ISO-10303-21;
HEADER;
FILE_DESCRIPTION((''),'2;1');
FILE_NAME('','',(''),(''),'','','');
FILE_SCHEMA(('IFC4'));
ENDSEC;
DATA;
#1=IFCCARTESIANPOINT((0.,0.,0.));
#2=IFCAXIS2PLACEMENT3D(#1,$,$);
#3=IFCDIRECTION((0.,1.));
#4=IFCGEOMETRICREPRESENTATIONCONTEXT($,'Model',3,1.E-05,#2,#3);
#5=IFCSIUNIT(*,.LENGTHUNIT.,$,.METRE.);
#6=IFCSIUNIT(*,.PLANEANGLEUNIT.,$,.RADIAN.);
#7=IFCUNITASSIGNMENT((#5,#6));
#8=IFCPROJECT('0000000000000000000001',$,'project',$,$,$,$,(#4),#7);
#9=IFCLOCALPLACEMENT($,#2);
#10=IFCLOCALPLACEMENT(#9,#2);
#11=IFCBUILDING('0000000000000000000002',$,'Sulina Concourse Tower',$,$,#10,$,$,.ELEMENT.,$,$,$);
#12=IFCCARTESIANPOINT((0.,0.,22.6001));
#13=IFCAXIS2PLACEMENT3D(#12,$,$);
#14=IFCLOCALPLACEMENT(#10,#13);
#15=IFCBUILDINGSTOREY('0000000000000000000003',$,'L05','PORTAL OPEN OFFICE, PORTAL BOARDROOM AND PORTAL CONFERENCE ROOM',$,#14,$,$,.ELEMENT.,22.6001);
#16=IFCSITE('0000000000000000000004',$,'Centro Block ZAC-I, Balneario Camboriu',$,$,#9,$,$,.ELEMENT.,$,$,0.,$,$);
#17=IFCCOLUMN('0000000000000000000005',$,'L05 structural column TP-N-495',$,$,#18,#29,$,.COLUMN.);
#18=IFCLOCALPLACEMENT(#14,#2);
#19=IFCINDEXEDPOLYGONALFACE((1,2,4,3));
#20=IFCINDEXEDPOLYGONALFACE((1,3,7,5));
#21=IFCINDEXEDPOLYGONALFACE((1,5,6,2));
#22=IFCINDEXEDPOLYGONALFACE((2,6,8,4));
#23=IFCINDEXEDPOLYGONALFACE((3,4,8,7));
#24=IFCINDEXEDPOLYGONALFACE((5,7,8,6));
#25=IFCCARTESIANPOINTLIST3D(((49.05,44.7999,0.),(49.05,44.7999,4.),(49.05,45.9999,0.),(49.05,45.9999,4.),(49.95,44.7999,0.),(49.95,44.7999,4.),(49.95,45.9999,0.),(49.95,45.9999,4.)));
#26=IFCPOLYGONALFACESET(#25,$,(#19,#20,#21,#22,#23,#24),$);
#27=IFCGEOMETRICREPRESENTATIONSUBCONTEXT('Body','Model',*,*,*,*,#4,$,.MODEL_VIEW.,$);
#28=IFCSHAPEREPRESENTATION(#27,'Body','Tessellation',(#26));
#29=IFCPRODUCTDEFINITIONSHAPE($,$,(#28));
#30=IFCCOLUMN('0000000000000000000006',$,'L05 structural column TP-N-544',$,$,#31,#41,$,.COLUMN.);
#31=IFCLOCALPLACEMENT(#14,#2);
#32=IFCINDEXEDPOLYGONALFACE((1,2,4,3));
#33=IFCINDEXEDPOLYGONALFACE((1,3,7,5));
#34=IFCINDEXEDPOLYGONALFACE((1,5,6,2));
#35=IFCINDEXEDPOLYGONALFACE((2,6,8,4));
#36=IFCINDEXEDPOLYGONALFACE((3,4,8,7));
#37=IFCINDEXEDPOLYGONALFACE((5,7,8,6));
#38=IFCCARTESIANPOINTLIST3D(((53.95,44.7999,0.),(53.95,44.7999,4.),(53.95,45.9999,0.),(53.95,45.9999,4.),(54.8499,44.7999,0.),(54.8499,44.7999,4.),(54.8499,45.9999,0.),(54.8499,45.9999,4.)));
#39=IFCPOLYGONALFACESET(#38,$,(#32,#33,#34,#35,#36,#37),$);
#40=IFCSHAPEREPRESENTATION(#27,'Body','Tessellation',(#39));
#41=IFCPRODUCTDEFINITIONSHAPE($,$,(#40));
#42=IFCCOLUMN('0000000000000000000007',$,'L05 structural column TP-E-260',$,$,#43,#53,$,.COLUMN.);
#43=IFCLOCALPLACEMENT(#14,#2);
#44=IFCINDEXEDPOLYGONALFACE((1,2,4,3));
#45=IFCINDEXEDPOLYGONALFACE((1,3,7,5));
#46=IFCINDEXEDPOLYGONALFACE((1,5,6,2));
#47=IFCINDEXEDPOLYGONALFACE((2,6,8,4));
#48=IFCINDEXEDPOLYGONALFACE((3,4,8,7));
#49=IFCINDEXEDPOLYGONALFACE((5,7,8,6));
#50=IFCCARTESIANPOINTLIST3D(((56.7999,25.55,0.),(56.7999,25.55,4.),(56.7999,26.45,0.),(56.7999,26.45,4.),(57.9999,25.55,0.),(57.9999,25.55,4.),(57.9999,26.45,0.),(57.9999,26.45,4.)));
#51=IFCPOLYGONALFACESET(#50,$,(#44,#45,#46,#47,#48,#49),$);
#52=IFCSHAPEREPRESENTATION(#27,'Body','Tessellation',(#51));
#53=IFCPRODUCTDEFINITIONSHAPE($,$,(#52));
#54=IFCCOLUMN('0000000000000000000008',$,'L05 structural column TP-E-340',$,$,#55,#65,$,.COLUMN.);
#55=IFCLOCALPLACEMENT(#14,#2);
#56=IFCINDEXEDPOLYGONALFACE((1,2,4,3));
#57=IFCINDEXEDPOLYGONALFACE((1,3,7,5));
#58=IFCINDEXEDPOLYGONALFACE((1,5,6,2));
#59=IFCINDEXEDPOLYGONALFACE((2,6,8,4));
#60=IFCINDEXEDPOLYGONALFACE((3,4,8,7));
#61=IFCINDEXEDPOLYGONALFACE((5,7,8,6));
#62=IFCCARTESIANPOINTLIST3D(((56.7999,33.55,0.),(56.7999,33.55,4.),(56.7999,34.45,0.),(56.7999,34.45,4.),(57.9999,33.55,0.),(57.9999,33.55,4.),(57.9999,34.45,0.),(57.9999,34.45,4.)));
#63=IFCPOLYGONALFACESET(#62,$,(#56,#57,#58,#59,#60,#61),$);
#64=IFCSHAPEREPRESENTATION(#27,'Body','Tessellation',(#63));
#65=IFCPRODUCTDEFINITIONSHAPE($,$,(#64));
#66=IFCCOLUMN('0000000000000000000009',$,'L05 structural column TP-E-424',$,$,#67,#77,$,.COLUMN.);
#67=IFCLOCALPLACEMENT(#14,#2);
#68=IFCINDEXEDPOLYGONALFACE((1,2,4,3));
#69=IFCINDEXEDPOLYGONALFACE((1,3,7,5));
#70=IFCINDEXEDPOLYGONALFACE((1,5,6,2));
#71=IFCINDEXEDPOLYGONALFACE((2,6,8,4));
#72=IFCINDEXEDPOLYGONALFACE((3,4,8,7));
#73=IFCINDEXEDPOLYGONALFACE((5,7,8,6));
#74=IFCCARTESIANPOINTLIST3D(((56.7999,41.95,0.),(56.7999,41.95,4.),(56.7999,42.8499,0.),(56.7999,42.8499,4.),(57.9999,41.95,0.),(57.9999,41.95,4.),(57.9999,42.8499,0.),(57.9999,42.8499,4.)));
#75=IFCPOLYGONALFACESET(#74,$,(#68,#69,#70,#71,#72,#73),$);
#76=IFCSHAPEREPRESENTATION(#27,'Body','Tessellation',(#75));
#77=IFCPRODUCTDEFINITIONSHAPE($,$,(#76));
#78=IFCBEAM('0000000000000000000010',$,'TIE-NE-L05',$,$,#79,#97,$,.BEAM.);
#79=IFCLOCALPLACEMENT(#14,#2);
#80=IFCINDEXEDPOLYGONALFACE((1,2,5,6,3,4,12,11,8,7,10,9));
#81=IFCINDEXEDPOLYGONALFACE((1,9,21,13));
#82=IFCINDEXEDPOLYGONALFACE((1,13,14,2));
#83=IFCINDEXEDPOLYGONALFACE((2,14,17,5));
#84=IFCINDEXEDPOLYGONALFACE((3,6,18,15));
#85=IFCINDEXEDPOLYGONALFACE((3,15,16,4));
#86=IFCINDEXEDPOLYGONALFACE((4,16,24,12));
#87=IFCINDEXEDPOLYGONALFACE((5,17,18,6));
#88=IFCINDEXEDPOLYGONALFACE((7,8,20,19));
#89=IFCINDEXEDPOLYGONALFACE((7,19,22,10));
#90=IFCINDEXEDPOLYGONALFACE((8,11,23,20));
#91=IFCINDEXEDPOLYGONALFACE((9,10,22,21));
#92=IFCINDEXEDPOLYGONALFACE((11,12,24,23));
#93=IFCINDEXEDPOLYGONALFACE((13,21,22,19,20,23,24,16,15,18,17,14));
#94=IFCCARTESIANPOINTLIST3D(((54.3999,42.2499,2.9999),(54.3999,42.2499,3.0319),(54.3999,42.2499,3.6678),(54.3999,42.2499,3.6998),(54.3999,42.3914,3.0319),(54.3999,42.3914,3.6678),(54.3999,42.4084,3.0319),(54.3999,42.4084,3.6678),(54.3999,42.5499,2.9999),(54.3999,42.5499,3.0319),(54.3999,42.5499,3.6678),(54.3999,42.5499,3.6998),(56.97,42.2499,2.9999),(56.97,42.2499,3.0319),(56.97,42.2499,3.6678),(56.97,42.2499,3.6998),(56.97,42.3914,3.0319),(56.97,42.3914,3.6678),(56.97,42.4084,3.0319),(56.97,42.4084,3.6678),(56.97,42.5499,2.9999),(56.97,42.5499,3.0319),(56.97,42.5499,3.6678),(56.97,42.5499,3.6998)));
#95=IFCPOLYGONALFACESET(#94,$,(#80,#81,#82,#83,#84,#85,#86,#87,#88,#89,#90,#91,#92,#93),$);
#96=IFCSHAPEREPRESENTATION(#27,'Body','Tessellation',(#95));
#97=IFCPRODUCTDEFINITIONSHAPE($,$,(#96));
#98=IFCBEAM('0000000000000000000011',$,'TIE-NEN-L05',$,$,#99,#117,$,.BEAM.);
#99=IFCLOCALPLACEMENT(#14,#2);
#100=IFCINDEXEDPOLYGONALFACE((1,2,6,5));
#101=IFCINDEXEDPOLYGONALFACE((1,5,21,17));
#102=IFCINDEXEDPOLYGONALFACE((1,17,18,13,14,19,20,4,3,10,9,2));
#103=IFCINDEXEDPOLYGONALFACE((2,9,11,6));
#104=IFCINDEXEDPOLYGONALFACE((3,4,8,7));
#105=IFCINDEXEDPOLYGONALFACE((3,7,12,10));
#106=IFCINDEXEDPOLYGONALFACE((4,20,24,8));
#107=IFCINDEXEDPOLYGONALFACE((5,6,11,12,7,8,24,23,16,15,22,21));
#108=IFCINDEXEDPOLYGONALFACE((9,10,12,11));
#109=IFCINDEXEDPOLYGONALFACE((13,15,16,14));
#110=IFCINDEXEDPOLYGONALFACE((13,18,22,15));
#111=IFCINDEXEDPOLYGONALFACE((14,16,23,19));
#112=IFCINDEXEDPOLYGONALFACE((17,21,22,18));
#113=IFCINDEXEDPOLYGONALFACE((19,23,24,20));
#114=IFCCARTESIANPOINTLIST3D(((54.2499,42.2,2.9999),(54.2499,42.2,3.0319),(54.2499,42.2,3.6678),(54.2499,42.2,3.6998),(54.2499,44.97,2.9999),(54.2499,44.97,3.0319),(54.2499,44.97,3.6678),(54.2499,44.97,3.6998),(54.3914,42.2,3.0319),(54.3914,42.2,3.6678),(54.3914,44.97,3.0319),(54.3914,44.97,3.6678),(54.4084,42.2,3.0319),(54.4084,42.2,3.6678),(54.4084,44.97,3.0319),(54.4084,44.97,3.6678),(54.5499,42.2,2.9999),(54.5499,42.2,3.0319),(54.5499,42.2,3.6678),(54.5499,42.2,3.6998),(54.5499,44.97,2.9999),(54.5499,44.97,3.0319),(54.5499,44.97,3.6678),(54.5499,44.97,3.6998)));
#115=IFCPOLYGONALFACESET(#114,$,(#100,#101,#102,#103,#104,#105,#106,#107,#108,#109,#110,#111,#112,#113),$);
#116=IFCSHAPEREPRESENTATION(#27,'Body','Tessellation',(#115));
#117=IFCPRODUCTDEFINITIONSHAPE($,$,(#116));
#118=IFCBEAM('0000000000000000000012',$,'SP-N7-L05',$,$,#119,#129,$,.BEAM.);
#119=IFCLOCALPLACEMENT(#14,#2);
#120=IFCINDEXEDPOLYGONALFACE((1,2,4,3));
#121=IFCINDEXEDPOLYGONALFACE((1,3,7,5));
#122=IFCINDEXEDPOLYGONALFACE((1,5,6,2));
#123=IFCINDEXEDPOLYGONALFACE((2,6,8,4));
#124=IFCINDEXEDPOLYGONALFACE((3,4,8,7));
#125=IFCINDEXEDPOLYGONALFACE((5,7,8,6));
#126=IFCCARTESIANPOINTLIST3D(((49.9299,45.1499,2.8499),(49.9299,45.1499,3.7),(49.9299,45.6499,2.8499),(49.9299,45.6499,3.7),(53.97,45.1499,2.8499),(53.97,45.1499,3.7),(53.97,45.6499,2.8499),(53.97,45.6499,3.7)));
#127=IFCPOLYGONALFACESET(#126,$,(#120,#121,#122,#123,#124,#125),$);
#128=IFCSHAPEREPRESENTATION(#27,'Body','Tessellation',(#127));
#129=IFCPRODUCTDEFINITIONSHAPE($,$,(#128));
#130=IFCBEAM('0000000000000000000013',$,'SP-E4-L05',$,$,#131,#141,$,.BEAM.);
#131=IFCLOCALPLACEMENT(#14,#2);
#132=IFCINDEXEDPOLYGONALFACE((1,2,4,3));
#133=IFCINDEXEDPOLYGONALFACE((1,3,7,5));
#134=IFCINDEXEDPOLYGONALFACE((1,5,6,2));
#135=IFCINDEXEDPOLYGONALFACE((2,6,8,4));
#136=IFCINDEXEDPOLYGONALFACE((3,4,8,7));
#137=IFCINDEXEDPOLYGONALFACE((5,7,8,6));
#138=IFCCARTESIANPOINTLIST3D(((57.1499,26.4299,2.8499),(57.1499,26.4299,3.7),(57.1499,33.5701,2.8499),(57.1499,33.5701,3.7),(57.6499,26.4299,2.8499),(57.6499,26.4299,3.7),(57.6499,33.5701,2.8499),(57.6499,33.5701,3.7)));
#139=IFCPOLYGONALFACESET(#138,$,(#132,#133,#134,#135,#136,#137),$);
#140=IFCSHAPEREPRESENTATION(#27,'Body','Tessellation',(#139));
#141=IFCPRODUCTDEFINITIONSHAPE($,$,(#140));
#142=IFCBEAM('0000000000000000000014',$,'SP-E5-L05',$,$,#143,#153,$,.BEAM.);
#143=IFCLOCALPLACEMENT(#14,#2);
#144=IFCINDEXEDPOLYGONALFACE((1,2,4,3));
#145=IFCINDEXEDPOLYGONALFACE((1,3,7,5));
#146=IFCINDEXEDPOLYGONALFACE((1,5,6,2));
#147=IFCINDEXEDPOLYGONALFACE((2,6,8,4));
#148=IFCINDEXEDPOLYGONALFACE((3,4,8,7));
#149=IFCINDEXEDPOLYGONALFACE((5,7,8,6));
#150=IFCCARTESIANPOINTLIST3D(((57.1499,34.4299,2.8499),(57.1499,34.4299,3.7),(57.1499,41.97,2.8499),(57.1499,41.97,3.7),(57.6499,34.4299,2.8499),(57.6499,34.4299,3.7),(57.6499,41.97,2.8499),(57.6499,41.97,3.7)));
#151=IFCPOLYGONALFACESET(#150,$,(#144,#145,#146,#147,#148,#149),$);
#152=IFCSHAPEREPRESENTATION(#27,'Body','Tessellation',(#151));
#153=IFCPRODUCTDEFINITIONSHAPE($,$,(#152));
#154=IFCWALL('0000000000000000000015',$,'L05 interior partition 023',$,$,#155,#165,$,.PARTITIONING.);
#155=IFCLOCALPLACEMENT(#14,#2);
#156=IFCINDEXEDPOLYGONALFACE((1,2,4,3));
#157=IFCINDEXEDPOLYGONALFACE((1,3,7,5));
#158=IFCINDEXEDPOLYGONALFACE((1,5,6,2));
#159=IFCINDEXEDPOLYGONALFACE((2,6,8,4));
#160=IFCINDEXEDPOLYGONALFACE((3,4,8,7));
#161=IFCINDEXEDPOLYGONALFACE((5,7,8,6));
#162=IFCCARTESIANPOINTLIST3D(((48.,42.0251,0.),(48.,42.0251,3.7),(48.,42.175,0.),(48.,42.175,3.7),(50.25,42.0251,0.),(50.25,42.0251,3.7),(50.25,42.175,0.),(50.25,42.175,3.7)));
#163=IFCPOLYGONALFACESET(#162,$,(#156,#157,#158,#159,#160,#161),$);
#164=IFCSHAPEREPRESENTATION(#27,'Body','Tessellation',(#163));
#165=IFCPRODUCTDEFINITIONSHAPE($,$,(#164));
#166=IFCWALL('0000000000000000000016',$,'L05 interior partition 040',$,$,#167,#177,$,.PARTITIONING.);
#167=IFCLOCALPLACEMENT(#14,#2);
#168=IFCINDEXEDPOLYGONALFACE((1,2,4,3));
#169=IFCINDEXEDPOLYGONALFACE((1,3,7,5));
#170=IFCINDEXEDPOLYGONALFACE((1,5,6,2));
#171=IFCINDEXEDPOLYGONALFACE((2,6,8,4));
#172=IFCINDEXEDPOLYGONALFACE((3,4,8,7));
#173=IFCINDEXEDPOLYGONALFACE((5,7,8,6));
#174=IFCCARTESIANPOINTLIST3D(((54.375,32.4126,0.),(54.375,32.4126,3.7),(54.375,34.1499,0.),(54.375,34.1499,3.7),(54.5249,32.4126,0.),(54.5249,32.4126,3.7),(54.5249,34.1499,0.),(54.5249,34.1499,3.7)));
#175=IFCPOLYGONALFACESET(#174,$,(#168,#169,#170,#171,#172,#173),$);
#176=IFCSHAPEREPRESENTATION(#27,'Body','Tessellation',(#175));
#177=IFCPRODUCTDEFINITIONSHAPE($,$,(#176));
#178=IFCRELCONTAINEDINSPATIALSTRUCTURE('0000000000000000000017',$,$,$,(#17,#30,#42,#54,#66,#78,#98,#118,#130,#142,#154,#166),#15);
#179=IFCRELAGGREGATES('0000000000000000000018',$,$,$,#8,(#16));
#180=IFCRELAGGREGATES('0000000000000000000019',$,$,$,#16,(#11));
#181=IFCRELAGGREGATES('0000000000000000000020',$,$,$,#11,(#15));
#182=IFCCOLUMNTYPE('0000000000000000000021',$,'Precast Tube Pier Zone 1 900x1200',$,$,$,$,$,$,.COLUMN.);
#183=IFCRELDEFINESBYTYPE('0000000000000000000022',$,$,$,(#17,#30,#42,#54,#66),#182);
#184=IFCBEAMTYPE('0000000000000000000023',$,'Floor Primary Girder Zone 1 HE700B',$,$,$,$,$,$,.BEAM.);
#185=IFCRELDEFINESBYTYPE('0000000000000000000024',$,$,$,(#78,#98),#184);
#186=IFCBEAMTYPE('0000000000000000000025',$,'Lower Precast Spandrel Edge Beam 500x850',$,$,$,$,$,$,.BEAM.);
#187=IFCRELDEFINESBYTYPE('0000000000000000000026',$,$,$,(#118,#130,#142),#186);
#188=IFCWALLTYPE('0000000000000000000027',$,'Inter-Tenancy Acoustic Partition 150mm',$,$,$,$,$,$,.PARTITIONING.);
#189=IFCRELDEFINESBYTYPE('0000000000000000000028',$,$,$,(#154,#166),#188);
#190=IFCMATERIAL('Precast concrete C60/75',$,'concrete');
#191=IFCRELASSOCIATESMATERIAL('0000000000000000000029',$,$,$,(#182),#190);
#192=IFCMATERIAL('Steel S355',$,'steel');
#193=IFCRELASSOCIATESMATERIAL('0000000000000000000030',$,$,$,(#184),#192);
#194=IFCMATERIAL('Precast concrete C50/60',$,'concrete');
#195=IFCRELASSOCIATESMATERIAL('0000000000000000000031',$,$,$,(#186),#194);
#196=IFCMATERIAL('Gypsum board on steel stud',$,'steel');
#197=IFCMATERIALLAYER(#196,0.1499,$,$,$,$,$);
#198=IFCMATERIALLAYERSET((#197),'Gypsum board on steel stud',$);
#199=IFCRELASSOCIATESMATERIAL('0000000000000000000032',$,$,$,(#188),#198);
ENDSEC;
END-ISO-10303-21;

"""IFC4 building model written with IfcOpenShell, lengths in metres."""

from ifc_helpers import new_model, si_unit, direction, frame, frame_2d, origin, origin_2d, place, context, subcontext, project, spatial, rectangle, i_section, extrude, material, layer, layer_set, material_profile, profile_set, type_object, element, save


model = new_model("IFC4")

# Units and contexts
model_context = context("Model", 3, precision=1e-05, world=origin(), true_north=direction((0.0, 1.0)))
body_context = subcontext(model_context, "Body", "Model", "MODEL_VIEW")
ifc_project = project(units=[si_unit("LENGTHUNIT", "METRE"), si_unit("PLANEANGLEUNIT", "RADIAN")], contexts=[model_context])

# Site, building, storey
site_placement = place(None, origin())
site = spatial("IfcSite", under=ifc_project, at=site_placement, Name="Centro Block ZAC-I, Balneario Camboriu", CompositionType="ELEMENT", RefElevation=0.0)
building_placement = place(site_placement, origin())
building = spatial("IfcBuilding", under=site, at=building_placement, Name="Sulina Concourse Tower", CompositionType="ELEMENT")
storey_placement = place(building_placement, frame((0.0, 0.0, 22.6001)))
storey = spatial("IfcBuildingStorey", under=building, at=storey_placement, Name="L05", Description="PORTAL OPEN OFFICE, PORTAL BOARDROOM AND PORTAL CONFERENCE ROOM", CompositionType="ELEMENT", Elevation=22.6001)

# Columns
ifc_material_1 = material(Name="Precast concrete C60/75", Category="concrete")
ifc_material_profile_1 = material_profile(ifc_material_1, rectangle(XDim=0.8999, YDim=1.2, at=origin_2d()), Name="PC 900x1200")
ifc_profile_set_1 = profile_set([ifc_material_profile_1], Name="Precast concrete C60/75")
column_type = type_object("IfcColumnType", Name="Precast Tube Pier Zone 1 900x1200", PredefinedType="COLUMN", material=ifc_profile_set_1)
for number, where, z_axis, x_axis, name in (
    (1, (49.5, 45.3999, 0.0), (0.0, 0.0, 1.0), (1.0, 0.0, 0.0), "L05 structural column TP-N-495"),
    (2, (54.3999, 45.3999, 0.0), (0.0, 0.0, 1.0), (1.0, 0.0, 0.0), "L05 structural column TP-N-544"),
    (3, (57.3999, 26.0, 0.0), (0.0, 0.0, 1.0), (0.0, 1.0, 0.0), "L05 structural column TP-E-260"),
    (4, (57.3999, 34.0, 0.0), (0.0, 0.0, 1.0), (0.0, 1.0, 0.0), "L05 structural column TP-E-340"),
    (5, (57.3999, 42.3999, 0.0), (0.0, 0.0, 1.0), (0.0, 1.0, 0.0), "L05 structural column TP-E-424"),
):
    element("IfcColumn", number, at=place(storey_placement, frame(where, z_axis=z_axis, x_axis=x_axis)), inside=storey, type_object=column_type, Name=name, PredefinedType="COLUMN", context=body_context, shape_type="SweptSolid", body=[
        extrude(rectangle(XDim=0.8999, YDim=1.2, at=origin_2d()), origin(), (0.0, 0.0, 1.0), 4.0),
    ])

# Beams
ifc_material_2 = material(Name="Steel S355", Category="steel")
ifc_material_profile_2 = material_profile(ifc_material_2, i_section(OverallWidth=0.3, OverallDepth=0.7, WebThickness=0.0171, FlangeThickness=0.032, at=origin_2d()), Name="HE 700 B")
ifc_profile_set_2 = profile_set([ifc_material_profile_2], Name="Steel S355")
beam_type_1 = type_object("IfcBeamType", Name="Floor Primary Girder Zone 1 HE700B", PredefinedType="BEAM", material=ifc_profile_set_2)
beam_1_placement = place(storey_placement, frame((54.3999, 42.3999, 3.3499), z_axis=(1.0, 0.0, 0.0), x_axis=(0.0, 1.0, 0.0)))
element("IfcBeam", 6, at=beam_1_placement, inside=storey, type_object=beam_type_1, Name="TIE-NE-L05", PredefinedType="BEAM", context=body_context, shape_type="SweptSolid", body=[
    extrude(i_section(OverallWidth=0.3, OverallDepth=0.7, WebThickness=0.0171, FlangeThickness=0.032, at=origin_2d()), origin(), (0.0, 0.0, 1.0), 2.5701),
])
beam_2_placement = place(storey_placement, frame((54.3999, 42.2, 3.3499), z_axis=(0.0, 1.0, 0.0), x_axis=(-1.0, 0.0, 0.0)))
element("IfcBeam", 7, at=beam_2_placement, inside=storey, type_object=beam_type_1, Name="TIE-NEN-L05", PredefinedType="BEAM", context=body_context, shape_type="SweptSolid", body=[
    extrude(i_section(OverallWidth=0.3, OverallDepth=0.7, WebThickness=0.0171, FlangeThickness=0.032, at=origin_2d()), origin(), (0.0, 0.0, 1.0), 2.77),
])
ifc_material_3 = material(Name="Precast concrete C50/60", Category="concrete")
ifc_material_profile_3 = material_profile(ifc_material_3, rectangle(XDim=0.5, YDim=0.8501, at=origin_2d()), Name="RC 500x850")
ifc_profile_set_3 = profile_set([ifc_material_profile_3], Name="Precast concrete C50/60")
beam_type_2 = type_object("IfcBeamType", Name="Lower Precast Spandrel Edge Beam 500x850", PredefinedType="BEAM", material=ifc_profile_set_3)
beam_3_placement = place(storey_placement, frame((49.9299, 45.3999, 3.2749), z_axis=(1.0, 0.0, 0.0), x_axis=(0.0, 1.0, 0.0)))
element("IfcBeam", 8, at=beam_3_placement, inside=storey, type_object=beam_type_2, Name="SP-N7-L05", PredefinedType="BEAM", context=body_context, shape_type="SweptSolid", body=[
    extrude(rectangle(XDim=0.5, YDim=0.8501, at=origin_2d()), origin(), (0.0, 0.0, 1.0), 4.04),
])
beam_4_placement = place(storey_placement, frame((57.3999, 26.4299, 3.2749), z_axis=(0.0, 1.0, 0.0), x_axis=(-1.0, 0.0, 0.0)))
element("IfcBeam", 9, at=beam_4_placement, inside=storey, type_object=beam_type_2, Name="SP-E4-L05", PredefinedType="BEAM", context=body_context, shape_type="SweptSolid", body=[
    extrude(rectangle(XDim=0.5, YDim=0.8501, at=origin_2d()), origin(), (0.0, 0.0, 1.0), 7.1401),
])
beam_5_placement = place(storey_placement, frame((57.3999, 34.4299, 3.2749), z_axis=(0.0, 1.0, 0.0), x_axis=(-1.0, 0.0, 0.0)))
element("IfcBeam", 10, at=beam_5_placement, inside=storey, type_object=beam_type_2, Name="SP-E5-L05", PredefinedType="BEAM", context=body_context, shape_type="SweptSolid", body=[
    extrude(rectangle(XDim=0.5, YDim=0.8501, at=origin_2d()), origin(), (0.0, 0.0, 1.0), 7.54),
])

# Walls
ifc_material_4 = material(Name="Gypsum board on steel stud", Category="steel")
ifc_layer_1 = layer(ifc_material_4, 0.1499)
ifc_layer_set_1 = layer_set([ifc_layer_1], Name="Gypsum board on steel stud")
wall_type_1 = type_object("IfcWallType", Name="Inter-Tenancy Acoustic Partition 150mm", PredefinedType="PARTITIONING", material=ifc_layer_set_1)
wall_1_placement = place(storey_placement, frame((48.0, 42.1001, 0.0), z_axis=(0.0, 0.0, 1.0), x_axis=(1.0, 0.0, 0.0)))
element("IfcWall", 11, at=wall_1_placement, inside=storey, type_object=wall_type_1, Name="L05 interior partition 023", PredefinedType="PARTITIONING", context=body_context, shape_type="SweptSolid", body=[
    extrude(rectangle(XDim=2.25, YDim=0.1499, at=frame_2d((1.125, 0.0))), origin(), (0.0, 0.0, 1.0), 3.7),
])
wall_2_placement = place(storey_placement, frame((54.45, 32.4126, 0.0), z_axis=(0.0, 0.0, 1.0), x_axis=(0.0, 1.0, 0.0)))
element("IfcWall", 12, at=wall_2_placement, inside=storey, type_object=wall_type_1, Name="L05 interior partition 040", PredefinedType="PARTITIONING", context=body_context, shape_type="SweptSolid", body=[
    extrude(rectangle(XDim=1.7373, YDim=0.1499, at=frame_2d((0.8687, 0.0))), origin(), (0.0, 0.0, 1.0), 3.7),
])

save(model, "model.ifc")
